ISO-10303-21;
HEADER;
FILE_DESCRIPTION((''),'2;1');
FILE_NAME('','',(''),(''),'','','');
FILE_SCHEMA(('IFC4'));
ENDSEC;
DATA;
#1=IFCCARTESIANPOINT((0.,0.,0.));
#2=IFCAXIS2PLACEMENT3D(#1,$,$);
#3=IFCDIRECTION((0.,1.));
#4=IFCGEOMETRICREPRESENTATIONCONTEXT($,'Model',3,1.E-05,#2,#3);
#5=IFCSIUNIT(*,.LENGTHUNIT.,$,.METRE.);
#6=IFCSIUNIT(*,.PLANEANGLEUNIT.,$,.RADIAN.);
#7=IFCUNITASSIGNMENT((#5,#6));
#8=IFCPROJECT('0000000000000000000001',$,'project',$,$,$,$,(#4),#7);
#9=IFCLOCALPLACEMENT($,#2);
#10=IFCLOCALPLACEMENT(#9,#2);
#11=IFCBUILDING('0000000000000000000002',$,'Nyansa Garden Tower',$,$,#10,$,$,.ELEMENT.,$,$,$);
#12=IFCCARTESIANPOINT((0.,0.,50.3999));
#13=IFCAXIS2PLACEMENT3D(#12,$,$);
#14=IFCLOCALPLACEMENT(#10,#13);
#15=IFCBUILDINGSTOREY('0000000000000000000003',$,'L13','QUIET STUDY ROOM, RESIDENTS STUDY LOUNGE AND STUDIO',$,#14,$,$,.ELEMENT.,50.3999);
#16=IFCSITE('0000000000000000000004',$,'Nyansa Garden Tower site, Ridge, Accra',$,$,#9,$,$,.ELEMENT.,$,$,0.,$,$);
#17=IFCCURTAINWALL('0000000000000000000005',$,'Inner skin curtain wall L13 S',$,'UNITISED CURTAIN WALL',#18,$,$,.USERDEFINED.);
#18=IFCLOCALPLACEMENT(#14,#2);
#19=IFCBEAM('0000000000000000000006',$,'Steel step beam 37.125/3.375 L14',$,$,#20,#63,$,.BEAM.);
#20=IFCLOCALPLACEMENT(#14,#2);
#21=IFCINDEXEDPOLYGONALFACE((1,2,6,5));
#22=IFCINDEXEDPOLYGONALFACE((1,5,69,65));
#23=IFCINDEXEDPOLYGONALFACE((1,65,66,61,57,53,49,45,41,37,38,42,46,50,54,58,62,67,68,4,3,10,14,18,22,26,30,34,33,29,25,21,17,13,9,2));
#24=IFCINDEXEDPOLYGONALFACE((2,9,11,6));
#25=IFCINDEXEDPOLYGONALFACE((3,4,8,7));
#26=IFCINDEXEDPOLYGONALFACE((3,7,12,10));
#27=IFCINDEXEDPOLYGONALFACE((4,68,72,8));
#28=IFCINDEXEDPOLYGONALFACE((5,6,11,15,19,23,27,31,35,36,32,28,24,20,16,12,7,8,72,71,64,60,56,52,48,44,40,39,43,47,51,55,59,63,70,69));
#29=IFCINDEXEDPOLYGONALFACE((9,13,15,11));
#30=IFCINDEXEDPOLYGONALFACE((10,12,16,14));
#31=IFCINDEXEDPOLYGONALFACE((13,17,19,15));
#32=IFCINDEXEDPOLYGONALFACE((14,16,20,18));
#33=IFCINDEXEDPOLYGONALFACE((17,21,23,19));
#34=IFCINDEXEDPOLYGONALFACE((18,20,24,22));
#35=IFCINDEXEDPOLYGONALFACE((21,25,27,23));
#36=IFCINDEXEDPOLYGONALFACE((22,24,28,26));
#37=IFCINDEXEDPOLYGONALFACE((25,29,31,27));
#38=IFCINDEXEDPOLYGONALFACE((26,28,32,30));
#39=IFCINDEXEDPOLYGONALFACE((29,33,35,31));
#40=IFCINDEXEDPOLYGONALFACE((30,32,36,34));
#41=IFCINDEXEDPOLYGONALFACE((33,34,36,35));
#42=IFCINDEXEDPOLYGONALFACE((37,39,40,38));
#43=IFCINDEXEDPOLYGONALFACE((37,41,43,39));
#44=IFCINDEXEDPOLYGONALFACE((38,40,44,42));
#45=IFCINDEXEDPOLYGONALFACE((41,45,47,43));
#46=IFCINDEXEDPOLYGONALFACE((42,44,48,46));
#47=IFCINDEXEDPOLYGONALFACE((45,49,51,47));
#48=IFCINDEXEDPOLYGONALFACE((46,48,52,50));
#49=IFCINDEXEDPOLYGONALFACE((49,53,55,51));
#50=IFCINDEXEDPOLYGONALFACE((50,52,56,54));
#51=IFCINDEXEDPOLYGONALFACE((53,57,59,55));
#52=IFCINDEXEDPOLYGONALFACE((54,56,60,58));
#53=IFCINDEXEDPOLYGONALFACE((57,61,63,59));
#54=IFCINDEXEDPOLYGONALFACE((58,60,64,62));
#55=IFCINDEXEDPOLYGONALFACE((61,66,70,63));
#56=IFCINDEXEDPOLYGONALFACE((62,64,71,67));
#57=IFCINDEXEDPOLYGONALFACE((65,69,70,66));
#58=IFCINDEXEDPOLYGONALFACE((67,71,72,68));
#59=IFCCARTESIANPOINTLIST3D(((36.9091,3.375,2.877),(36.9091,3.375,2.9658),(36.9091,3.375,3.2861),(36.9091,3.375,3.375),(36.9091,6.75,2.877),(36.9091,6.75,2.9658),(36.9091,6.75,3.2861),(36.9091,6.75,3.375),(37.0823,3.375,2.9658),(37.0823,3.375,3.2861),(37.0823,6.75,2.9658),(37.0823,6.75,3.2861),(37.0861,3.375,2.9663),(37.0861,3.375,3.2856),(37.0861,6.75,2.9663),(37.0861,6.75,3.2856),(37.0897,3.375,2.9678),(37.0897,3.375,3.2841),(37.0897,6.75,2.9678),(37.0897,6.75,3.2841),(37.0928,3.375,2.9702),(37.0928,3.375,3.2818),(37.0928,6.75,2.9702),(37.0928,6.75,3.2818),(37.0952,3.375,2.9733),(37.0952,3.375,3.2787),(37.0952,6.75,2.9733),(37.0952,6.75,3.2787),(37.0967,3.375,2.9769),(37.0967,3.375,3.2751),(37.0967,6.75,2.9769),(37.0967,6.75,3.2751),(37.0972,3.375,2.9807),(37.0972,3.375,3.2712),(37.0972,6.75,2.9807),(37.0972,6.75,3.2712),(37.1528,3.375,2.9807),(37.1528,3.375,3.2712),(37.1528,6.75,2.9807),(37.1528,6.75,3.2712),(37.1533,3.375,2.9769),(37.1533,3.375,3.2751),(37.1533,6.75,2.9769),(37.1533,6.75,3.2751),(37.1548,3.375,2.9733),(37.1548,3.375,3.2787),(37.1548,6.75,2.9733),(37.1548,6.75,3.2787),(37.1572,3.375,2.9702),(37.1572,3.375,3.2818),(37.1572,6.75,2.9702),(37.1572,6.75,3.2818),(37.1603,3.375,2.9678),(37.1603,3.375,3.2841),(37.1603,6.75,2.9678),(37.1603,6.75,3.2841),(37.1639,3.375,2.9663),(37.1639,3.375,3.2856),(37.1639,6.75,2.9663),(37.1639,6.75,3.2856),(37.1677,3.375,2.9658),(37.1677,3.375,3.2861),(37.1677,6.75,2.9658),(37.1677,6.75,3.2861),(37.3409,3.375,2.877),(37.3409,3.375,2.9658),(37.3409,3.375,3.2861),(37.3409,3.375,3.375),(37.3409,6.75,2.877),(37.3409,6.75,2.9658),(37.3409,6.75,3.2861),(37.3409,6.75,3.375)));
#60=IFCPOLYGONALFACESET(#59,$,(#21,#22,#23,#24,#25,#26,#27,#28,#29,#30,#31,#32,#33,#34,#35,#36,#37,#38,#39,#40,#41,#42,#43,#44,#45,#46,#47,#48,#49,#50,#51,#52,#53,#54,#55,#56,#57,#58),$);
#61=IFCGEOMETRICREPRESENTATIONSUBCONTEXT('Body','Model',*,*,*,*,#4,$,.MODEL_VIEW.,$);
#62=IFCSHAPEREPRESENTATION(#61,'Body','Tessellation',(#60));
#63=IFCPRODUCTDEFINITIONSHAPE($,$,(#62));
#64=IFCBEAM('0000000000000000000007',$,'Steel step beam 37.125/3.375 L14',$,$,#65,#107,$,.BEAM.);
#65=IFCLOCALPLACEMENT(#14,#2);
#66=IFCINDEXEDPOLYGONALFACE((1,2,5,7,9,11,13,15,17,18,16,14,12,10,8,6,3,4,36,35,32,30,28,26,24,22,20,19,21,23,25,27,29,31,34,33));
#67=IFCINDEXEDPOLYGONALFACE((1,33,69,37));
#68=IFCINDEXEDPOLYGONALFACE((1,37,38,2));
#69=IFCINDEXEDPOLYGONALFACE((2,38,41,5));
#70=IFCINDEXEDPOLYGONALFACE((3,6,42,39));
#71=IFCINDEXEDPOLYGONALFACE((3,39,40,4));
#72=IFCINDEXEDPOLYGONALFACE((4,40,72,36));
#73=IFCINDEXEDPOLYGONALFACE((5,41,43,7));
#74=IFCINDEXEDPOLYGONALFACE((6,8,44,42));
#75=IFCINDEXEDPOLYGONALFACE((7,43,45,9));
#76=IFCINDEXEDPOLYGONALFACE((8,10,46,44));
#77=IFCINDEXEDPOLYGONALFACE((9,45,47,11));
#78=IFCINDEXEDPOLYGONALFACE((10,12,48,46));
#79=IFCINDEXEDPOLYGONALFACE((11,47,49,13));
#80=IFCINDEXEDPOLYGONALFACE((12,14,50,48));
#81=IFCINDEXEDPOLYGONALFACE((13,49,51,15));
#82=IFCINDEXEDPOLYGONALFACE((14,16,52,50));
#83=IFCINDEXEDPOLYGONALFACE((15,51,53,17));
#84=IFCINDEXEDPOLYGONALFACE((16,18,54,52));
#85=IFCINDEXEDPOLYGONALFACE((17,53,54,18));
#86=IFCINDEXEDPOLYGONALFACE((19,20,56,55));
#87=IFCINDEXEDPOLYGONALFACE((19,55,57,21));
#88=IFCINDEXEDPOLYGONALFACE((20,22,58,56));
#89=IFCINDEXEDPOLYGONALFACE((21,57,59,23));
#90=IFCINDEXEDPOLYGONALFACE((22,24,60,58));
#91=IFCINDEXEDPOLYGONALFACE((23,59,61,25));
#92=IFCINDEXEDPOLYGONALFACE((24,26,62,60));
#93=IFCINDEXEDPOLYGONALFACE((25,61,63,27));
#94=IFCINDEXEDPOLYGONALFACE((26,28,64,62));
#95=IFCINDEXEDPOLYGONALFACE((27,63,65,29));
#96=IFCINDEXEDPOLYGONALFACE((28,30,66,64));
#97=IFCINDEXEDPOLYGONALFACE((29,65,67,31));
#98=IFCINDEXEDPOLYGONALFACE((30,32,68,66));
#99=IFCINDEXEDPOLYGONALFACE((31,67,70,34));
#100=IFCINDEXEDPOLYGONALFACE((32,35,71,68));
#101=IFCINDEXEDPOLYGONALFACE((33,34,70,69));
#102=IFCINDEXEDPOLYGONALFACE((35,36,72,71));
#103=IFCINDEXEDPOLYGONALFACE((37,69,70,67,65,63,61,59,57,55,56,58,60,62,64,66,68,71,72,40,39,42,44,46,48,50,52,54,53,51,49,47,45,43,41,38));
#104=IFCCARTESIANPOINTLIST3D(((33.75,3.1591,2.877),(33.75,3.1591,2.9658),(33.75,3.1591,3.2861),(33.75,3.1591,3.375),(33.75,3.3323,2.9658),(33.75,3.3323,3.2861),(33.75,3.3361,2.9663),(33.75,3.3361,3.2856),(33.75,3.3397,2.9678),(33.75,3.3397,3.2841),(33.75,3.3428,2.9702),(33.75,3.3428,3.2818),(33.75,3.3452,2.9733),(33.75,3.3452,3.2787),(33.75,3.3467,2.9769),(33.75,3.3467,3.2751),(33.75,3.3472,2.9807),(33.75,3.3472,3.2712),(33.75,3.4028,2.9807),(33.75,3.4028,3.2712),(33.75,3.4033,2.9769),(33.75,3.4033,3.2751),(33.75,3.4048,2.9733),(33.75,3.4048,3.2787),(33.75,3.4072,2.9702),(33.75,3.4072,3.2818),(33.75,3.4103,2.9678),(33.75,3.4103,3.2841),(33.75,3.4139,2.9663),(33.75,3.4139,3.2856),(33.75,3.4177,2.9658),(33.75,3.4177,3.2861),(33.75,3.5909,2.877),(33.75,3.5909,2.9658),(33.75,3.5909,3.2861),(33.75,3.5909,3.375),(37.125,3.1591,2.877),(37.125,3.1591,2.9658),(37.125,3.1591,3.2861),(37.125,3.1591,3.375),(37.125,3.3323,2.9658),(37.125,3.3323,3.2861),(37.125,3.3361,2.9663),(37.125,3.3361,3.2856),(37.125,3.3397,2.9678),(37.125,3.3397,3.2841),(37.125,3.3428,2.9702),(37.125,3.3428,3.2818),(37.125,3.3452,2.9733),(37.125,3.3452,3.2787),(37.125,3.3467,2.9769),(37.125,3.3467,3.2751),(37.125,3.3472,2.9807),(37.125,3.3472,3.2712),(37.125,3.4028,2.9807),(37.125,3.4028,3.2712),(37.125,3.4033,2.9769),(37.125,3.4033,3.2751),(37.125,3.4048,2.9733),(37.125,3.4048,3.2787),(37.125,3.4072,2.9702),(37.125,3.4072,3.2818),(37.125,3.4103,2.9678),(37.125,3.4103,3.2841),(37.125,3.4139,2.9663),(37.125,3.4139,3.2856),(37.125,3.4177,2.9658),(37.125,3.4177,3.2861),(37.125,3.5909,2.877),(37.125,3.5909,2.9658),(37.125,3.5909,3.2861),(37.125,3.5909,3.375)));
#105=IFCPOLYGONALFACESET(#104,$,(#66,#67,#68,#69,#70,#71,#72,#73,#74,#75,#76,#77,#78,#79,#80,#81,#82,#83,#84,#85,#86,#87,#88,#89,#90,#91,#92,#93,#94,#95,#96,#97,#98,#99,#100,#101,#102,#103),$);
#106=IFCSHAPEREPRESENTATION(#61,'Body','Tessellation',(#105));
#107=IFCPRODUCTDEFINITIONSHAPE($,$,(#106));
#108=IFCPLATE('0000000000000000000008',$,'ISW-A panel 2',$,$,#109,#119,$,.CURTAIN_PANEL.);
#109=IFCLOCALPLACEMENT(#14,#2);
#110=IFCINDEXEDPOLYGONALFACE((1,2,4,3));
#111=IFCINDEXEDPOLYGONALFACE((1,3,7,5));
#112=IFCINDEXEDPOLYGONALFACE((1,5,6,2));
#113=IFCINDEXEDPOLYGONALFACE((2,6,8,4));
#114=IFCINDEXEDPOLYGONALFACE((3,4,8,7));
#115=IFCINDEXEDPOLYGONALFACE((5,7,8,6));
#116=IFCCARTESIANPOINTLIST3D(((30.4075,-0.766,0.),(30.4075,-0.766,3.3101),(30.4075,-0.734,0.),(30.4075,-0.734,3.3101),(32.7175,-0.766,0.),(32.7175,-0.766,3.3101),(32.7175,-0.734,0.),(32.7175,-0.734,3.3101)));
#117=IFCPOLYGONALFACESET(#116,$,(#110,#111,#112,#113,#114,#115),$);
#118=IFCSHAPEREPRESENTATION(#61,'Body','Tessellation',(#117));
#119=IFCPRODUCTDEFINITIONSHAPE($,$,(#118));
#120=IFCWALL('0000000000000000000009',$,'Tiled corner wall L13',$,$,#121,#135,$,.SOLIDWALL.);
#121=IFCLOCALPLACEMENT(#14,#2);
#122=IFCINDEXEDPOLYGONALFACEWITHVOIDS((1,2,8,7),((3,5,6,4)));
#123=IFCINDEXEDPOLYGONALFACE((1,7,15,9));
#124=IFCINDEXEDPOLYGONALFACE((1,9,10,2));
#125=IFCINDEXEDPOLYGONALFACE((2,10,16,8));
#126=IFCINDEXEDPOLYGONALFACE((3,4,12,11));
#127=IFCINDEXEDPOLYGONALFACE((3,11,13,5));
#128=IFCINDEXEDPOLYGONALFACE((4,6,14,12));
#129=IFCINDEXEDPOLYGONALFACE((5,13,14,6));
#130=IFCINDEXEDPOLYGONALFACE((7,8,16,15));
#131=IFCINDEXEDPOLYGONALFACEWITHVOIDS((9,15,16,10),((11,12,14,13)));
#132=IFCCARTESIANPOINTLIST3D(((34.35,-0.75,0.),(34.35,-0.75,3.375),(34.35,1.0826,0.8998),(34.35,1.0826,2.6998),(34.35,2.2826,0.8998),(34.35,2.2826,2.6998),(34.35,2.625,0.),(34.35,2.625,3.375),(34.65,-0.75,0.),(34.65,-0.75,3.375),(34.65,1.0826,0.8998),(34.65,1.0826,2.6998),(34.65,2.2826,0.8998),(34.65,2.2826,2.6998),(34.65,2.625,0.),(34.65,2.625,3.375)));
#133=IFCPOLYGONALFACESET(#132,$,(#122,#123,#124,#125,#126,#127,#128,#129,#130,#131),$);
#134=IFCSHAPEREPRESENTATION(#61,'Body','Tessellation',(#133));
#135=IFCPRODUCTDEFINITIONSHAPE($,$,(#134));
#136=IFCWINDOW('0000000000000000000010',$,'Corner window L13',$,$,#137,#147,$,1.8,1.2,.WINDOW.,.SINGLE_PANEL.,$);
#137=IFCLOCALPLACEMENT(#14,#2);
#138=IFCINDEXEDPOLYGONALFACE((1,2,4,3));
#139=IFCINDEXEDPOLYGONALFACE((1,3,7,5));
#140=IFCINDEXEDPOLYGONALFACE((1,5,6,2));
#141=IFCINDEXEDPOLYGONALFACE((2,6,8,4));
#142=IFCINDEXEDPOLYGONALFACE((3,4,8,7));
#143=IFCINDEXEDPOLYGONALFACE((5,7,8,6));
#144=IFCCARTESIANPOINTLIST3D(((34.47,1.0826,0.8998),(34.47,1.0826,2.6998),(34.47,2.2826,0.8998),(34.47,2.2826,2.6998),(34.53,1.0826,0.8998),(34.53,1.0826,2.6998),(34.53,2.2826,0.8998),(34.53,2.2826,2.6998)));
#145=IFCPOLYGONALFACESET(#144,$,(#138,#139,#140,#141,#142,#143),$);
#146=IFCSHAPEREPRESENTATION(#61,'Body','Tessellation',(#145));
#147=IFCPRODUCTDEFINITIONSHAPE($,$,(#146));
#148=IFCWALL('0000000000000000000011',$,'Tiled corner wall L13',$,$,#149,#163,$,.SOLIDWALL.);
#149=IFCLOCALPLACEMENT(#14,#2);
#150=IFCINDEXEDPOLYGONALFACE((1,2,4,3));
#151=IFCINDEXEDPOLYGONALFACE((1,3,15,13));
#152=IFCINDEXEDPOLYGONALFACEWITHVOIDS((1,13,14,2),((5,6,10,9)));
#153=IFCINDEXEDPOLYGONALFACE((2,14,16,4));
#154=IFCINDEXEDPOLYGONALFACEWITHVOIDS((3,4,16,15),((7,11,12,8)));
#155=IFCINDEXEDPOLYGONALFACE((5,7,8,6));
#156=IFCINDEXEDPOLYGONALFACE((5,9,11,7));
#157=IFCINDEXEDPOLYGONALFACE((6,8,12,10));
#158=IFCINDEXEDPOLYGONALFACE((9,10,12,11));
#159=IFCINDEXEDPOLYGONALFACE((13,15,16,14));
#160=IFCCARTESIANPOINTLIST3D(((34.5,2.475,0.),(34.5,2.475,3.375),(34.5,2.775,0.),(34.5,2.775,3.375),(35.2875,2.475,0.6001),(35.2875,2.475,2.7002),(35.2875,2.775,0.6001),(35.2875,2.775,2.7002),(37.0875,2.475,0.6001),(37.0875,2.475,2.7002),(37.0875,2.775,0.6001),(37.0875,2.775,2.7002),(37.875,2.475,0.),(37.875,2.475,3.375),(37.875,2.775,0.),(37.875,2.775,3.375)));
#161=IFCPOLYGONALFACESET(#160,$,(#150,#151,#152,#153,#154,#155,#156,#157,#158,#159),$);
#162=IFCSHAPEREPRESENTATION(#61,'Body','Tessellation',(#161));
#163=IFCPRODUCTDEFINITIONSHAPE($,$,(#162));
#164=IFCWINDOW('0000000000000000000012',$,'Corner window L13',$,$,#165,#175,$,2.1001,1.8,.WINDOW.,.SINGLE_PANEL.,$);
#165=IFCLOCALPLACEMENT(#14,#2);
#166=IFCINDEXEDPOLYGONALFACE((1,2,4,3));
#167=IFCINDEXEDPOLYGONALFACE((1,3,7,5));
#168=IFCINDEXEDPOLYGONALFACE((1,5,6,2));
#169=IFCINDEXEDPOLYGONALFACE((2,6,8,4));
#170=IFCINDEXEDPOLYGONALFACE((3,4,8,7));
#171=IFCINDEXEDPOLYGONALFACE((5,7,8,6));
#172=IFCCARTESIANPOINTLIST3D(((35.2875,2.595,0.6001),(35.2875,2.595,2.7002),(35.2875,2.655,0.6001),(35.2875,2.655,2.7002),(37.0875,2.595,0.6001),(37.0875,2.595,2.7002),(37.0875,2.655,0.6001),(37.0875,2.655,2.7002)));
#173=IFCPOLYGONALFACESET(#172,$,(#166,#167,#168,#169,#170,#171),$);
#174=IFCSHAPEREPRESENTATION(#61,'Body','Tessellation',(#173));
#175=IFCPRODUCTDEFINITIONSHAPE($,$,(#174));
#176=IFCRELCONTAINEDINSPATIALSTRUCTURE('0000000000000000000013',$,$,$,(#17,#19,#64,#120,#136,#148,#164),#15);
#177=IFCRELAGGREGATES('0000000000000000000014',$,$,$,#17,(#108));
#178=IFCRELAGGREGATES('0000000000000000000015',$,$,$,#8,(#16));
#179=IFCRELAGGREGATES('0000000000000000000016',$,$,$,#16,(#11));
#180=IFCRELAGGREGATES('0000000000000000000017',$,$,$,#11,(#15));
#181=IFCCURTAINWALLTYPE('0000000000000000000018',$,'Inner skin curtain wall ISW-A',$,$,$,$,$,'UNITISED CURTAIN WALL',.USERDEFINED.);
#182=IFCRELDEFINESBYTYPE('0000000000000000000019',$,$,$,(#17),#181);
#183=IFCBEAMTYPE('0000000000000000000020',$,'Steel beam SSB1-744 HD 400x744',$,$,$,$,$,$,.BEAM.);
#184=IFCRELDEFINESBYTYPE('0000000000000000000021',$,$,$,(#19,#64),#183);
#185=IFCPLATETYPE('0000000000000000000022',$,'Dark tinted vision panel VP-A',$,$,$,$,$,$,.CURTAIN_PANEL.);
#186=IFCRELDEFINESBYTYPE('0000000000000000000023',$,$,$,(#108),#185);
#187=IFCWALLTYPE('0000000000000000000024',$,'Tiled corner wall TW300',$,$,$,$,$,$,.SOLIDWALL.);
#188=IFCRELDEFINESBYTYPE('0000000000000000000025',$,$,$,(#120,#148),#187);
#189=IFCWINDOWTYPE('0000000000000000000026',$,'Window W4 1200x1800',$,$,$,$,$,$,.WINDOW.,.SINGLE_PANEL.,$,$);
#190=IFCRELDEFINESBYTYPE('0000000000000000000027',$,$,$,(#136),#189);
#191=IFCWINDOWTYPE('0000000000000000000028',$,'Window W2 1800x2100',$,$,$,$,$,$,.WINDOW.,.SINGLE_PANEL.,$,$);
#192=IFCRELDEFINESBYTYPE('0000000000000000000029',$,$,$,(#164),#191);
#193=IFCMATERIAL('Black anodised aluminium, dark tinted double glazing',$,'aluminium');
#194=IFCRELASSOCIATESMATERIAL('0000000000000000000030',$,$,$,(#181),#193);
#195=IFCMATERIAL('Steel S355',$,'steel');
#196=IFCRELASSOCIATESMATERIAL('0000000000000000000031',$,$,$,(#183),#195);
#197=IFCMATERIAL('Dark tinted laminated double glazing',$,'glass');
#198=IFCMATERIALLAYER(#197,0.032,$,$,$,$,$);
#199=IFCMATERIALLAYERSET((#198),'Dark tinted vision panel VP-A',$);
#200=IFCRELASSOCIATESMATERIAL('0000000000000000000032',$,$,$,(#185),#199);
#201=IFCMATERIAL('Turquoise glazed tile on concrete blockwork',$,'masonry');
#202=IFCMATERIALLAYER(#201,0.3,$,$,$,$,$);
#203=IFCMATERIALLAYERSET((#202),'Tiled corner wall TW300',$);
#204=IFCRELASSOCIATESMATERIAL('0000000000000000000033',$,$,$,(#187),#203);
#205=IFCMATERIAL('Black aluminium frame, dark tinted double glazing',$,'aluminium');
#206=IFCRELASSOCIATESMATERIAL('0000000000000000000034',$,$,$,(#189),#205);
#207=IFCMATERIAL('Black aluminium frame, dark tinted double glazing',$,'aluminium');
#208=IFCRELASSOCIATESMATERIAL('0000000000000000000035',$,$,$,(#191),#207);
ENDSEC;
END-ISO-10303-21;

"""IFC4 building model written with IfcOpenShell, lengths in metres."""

from ifc_helpers import new_model, si_unit, direction, frame, frame_2d, origin, origin_2d, place, context, subcontext, project, spatial, rectangle, i_section, extrude, material, layer, layer_set, material_profile, profile_set, type_object, element, fill, aggregate, save


model = new_model("IFC4")

# Units and contexts
model_context = context("Model", 3, precision=1e-05, world=origin(), true_north=direction((0.0, 1.0)))
body_context = subcontext(model_context, "Body", "Model", "MODEL_VIEW")
ifc_project = project(units=[si_unit("LENGTHUNIT", "METRE"), si_unit("PLANEANGLEUNIT", "RADIAN")], contexts=[model_context])

# Site, building, storey
site_placement = place(None, origin())
site = spatial("IfcSite", under=ifc_project, at=site_placement, Name="Nyansa Garden Tower site, Ridge, Accra", CompositionType="ELEMENT", RefElevation=0.0)
building_placement = place(site_placement, origin())
building = spatial("IfcBuilding", under=site, at=building_placement, Name="Nyansa Garden Tower", CompositionType="ELEMENT")
storey_placement = place(building_placement, frame((0.0, 0.0, 50.3999)))
storey = spatial("IfcBuildingStorey", under=building, at=storey_placement, Name="L13", Description="QUIET STUDY ROOM, RESIDENTS STUDY LOUNGE AND STUDIO", CompositionType="ELEMENT", Elevation=50.3999)

# Curtain wall
ifc_material_1 = material(Name="Black anodised aluminium, dark tinted double glazing", Category="aluminium")
curtain_wall_type = type_object("IfcCurtainWallType", Name="Inner skin curtain wall ISW-A", ElementType="UNITISED CURTAIN WALL", PredefinedType="USERDEFINED", material=ifc_material_1)
curtain_wall_placement = place(storey_placement, origin())
curtain_wall = element("IfcCurtainWall", 1, at=curtain_wall_placement, inside=storey, type_object=curtain_wall_type, Name="Inner skin curtain wall L13 S", ObjectType="UNITISED CURTAIN WALL", PredefinedType="USERDEFINED")

# Beams
ifc_material_2 = material(Name="Steel S355", Category="steel")
ifc_material_profile_1 = material_profile(ifc_material_2, i_section(OverallWidth=0.4319, OverallDepth=0.498, WebThickness=0.0557, FlangeThickness=0.0889, FilletRadius=0.0149, at=origin_2d()), Name="HD 400x744")
ifc_profile_set_1 = profile_set([ifc_material_profile_1], Name="Steel S355")
beam_type_1 = type_object("IfcBeamType", Name="Steel beam SSB1-744 HD 400x744", PredefinedType="BEAM", material=ifc_profile_set_1)
for number, where, z_axis, x_axis, name in (
    (2, (37.125, 3.375, 3.126), (0.0, 1.0, 0.0), (-1.0, 0.0, 0.0), "Steel step beam 37.125/3.375 L14"),
    (3, (37.125, 3.375, 3.126), (-1.0, 0.0, 0.0), (0.0, -1.0, 0.0), "Steel step beam 37.125/3.375 L14"),
):
    element("IfcBeam", number, at=place(storey_placement, frame(where, z_axis=z_axis, x_axis=x_axis)), inside=storey, type_object=beam_type_1, Name=name, PredefinedType="BEAM", context=body_context, shape_type="SweptSolid", body=[
        extrude(i_section(OverallWidth=0.4319, OverallDepth=0.498, WebThickness=0.0557, FlangeThickness=0.0889, FilletRadius=0.0149, at=origin_2d()), origin(), (0.0, 0.0, 1.0), 3.375),
    ])

# Plate
ifc_material_3 = material(Name="Dark tinted laminated double glazing", Category="glass")
ifc_layer_1 = layer(ifc_material_3, 0.032)
ifc_layer_set_1 = layer_set([ifc_layer_1], Name="Dark tinted vision panel VP-A")
plate_type = type_object("IfcPlateType", Name="Dark tinted vision panel VP-A", PredefinedType="CURTAIN_PANEL", material=ifc_layer_set_1)
plate_placement = place(storey_placement, frame((31.5625, -0.75, 0.0), z_axis=(0.0, 0.0, 1.0), x_axis=(1.0, 0.0, 0.0)))
plate = element("IfcPlate", 4, at=plate_placement, type_object=plate_type, Name="ISW-A panel 2", PredefinedType="CURTAIN_PANEL", context=body_context, shape_type="SweptSolid", body=[
    extrude(rectangle(XDim=2.3101, YDim=0.032, at=origin_2d()), origin(), (0.0, 0.0, 1.0), 3.3101),
])
aggregate(curtain_wall, [plate])

# Walls, openings, windows
ifc_material_4 = material(Name="Turquoise glazed tile on concrete blockwork", Category="masonry")
ifc_layer_2 = layer(ifc_material_4, 0.3)
ifc_layer_set_2 = layer_set([ifc_layer_2], Name="Tiled corner wall TW300")
wall_type = type_object("IfcWallType", Name="Tiled corner wall TW300", PredefinedType="SOLIDWALL", material=ifc_layer_set_2)
wall_1_placement = place(storey_placement, frame((34.5, -0.75, 0.0), z_axis=(0.0, 0.0, 1.0), x_axis=(0.0, 1.0, 0.0)))
wall_1 = element("IfcWall", 5, at=wall_1_placement, inside=storey, type_object=wall_type, Name="Tiled corner wall L13", PredefinedType="SOLIDWALL", context=body_context, shape_type="SweptSolid", body=[
    extrude(rectangle(XDim=3.375, YDim=0.3, at=frame_2d((1.6875, 0.0))), origin(), (0.0, 0.0, 1.0), 3.375),
])
opening_1_placement = place(wall_1_placement, frame((1.8325, 0.0, 0.8999)))
opening_1 = element("IfcOpeningElement", 6, at=opening_1_placement, cuts=wall_1, PredefinedType="OPENING", context=body_context, shape_type="SweptSolid", body=[
    extrude(rectangle(XDim=1.2, YDim=1.8, at=frame_2d((0.6001, 0.8999))), frame((0.0, 0.1599, 0.0), z_axis=(0.0, -1.0, 0.0), x_axis=(1.0, 0.0, 0.0)), (0.0, 0.0, 1.0), 0.3201),
])
ifc_material_5 = material(Name="Black aluminium frame, dark tinted double glazing", Category="aluminium")
window_type_1 = type_object("IfcWindowType", Name="Window W4 1200x1800", PartitioningType="SINGLE_PANEL", PredefinedType="WINDOW", material=ifc_material_5)
window_1_placement = place(opening_1_placement, origin())
window_1 = element("IfcWindow", 7, at=window_1_placement, inside=storey, type_object=window_type_1, Name="Corner window L13", OverallHeight=1.8, OverallWidth=1.2, PartitioningType="SINGLE_PANEL", PredefinedType="WINDOW", context=body_context, shape_type="SweptSolid", body=[
    extrude(rectangle(XDim=1.2, YDim=1.8, at=frame_2d((0.6001, 0.8999))), frame((0.0, 0.03, 0.0), z_axis=(0.0, -1.0, 0.0), x_axis=(1.0, 0.0, 0.0)), (0.0, 0.0, 1.0), 0.0601),
])
fill(opening_1, window_1)
wall_2_placement = place(storey_placement, frame((34.5, 2.625, 0.0), z_axis=(0.0, 0.0, 1.0), x_axis=(1.0, 0.0, 0.0)))
wall_2 = element("IfcWall", 8, at=wall_2_placement, inside=storey, type_object=wall_type, Name="Tiled corner wall L13", PredefinedType="SOLIDWALL", context=body_context, shape_type="SweptSolid", body=[
    extrude(rectangle(XDim=3.375, YDim=0.3, at=frame_2d((1.6875, 0.0))), origin(), (0.0, 0.0, 1.0), 3.375),
])
opening_2_placement = place(wall_2_placement, frame((0.7876, 0.0, 0.6001)))
opening_2 = element("IfcOpeningElement", 9, at=opening_2_placement, cuts=wall_2, PredefinedType="OPENING", context=body_context, shape_type="SweptSolid", body=[
    extrude(rectangle(XDim=1.8, YDim=2.1001, at=frame_2d((0.8999, 1.05))), frame((0.0, 0.1599, 0.0), z_axis=(0.0, -1.0, 0.0), x_axis=(1.0, 0.0, 0.0)), (0.0, 0.0, 1.0), 0.3201),
])
ifc_material_6 = material(Name="Black aluminium frame, dark tinted double glazing", Category="aluminium")
window_type_2 = type_object("IfcWindowType", Name="Window W2 1800x2100", PartitioningType="SINGLE_PANEL", PredefinedType="WINDOW", material=ifc_material_6)
window_2_placement = place(opening_2_placement, origin())
window_2 = element("IfcWindow", 10, at=window_2_placement, inside=storey, type_object=window_type_2, Name="Corner window L13", OverallHeight=2.1001, OverallWidth=1.8, PartitioningType="SINGLE_PANEL", PredefinedType="WINDOW", context=body_context, shape_type="SweptSolid", body=[
    extrude(rectangle(XDim=1.8, YDim=2.1001, at=frame_2d((0.8999, 1.05))), frame((0.0, 0.03, 0.0), z_axis=(0.0, -1.0, 0.0), x_axis=(1.0, 0.0, 0.0)), (0.0, 0.0, 1.0), 0.0601),
])
fill(opening_2, window_2)

save(model, "model.ifc")
